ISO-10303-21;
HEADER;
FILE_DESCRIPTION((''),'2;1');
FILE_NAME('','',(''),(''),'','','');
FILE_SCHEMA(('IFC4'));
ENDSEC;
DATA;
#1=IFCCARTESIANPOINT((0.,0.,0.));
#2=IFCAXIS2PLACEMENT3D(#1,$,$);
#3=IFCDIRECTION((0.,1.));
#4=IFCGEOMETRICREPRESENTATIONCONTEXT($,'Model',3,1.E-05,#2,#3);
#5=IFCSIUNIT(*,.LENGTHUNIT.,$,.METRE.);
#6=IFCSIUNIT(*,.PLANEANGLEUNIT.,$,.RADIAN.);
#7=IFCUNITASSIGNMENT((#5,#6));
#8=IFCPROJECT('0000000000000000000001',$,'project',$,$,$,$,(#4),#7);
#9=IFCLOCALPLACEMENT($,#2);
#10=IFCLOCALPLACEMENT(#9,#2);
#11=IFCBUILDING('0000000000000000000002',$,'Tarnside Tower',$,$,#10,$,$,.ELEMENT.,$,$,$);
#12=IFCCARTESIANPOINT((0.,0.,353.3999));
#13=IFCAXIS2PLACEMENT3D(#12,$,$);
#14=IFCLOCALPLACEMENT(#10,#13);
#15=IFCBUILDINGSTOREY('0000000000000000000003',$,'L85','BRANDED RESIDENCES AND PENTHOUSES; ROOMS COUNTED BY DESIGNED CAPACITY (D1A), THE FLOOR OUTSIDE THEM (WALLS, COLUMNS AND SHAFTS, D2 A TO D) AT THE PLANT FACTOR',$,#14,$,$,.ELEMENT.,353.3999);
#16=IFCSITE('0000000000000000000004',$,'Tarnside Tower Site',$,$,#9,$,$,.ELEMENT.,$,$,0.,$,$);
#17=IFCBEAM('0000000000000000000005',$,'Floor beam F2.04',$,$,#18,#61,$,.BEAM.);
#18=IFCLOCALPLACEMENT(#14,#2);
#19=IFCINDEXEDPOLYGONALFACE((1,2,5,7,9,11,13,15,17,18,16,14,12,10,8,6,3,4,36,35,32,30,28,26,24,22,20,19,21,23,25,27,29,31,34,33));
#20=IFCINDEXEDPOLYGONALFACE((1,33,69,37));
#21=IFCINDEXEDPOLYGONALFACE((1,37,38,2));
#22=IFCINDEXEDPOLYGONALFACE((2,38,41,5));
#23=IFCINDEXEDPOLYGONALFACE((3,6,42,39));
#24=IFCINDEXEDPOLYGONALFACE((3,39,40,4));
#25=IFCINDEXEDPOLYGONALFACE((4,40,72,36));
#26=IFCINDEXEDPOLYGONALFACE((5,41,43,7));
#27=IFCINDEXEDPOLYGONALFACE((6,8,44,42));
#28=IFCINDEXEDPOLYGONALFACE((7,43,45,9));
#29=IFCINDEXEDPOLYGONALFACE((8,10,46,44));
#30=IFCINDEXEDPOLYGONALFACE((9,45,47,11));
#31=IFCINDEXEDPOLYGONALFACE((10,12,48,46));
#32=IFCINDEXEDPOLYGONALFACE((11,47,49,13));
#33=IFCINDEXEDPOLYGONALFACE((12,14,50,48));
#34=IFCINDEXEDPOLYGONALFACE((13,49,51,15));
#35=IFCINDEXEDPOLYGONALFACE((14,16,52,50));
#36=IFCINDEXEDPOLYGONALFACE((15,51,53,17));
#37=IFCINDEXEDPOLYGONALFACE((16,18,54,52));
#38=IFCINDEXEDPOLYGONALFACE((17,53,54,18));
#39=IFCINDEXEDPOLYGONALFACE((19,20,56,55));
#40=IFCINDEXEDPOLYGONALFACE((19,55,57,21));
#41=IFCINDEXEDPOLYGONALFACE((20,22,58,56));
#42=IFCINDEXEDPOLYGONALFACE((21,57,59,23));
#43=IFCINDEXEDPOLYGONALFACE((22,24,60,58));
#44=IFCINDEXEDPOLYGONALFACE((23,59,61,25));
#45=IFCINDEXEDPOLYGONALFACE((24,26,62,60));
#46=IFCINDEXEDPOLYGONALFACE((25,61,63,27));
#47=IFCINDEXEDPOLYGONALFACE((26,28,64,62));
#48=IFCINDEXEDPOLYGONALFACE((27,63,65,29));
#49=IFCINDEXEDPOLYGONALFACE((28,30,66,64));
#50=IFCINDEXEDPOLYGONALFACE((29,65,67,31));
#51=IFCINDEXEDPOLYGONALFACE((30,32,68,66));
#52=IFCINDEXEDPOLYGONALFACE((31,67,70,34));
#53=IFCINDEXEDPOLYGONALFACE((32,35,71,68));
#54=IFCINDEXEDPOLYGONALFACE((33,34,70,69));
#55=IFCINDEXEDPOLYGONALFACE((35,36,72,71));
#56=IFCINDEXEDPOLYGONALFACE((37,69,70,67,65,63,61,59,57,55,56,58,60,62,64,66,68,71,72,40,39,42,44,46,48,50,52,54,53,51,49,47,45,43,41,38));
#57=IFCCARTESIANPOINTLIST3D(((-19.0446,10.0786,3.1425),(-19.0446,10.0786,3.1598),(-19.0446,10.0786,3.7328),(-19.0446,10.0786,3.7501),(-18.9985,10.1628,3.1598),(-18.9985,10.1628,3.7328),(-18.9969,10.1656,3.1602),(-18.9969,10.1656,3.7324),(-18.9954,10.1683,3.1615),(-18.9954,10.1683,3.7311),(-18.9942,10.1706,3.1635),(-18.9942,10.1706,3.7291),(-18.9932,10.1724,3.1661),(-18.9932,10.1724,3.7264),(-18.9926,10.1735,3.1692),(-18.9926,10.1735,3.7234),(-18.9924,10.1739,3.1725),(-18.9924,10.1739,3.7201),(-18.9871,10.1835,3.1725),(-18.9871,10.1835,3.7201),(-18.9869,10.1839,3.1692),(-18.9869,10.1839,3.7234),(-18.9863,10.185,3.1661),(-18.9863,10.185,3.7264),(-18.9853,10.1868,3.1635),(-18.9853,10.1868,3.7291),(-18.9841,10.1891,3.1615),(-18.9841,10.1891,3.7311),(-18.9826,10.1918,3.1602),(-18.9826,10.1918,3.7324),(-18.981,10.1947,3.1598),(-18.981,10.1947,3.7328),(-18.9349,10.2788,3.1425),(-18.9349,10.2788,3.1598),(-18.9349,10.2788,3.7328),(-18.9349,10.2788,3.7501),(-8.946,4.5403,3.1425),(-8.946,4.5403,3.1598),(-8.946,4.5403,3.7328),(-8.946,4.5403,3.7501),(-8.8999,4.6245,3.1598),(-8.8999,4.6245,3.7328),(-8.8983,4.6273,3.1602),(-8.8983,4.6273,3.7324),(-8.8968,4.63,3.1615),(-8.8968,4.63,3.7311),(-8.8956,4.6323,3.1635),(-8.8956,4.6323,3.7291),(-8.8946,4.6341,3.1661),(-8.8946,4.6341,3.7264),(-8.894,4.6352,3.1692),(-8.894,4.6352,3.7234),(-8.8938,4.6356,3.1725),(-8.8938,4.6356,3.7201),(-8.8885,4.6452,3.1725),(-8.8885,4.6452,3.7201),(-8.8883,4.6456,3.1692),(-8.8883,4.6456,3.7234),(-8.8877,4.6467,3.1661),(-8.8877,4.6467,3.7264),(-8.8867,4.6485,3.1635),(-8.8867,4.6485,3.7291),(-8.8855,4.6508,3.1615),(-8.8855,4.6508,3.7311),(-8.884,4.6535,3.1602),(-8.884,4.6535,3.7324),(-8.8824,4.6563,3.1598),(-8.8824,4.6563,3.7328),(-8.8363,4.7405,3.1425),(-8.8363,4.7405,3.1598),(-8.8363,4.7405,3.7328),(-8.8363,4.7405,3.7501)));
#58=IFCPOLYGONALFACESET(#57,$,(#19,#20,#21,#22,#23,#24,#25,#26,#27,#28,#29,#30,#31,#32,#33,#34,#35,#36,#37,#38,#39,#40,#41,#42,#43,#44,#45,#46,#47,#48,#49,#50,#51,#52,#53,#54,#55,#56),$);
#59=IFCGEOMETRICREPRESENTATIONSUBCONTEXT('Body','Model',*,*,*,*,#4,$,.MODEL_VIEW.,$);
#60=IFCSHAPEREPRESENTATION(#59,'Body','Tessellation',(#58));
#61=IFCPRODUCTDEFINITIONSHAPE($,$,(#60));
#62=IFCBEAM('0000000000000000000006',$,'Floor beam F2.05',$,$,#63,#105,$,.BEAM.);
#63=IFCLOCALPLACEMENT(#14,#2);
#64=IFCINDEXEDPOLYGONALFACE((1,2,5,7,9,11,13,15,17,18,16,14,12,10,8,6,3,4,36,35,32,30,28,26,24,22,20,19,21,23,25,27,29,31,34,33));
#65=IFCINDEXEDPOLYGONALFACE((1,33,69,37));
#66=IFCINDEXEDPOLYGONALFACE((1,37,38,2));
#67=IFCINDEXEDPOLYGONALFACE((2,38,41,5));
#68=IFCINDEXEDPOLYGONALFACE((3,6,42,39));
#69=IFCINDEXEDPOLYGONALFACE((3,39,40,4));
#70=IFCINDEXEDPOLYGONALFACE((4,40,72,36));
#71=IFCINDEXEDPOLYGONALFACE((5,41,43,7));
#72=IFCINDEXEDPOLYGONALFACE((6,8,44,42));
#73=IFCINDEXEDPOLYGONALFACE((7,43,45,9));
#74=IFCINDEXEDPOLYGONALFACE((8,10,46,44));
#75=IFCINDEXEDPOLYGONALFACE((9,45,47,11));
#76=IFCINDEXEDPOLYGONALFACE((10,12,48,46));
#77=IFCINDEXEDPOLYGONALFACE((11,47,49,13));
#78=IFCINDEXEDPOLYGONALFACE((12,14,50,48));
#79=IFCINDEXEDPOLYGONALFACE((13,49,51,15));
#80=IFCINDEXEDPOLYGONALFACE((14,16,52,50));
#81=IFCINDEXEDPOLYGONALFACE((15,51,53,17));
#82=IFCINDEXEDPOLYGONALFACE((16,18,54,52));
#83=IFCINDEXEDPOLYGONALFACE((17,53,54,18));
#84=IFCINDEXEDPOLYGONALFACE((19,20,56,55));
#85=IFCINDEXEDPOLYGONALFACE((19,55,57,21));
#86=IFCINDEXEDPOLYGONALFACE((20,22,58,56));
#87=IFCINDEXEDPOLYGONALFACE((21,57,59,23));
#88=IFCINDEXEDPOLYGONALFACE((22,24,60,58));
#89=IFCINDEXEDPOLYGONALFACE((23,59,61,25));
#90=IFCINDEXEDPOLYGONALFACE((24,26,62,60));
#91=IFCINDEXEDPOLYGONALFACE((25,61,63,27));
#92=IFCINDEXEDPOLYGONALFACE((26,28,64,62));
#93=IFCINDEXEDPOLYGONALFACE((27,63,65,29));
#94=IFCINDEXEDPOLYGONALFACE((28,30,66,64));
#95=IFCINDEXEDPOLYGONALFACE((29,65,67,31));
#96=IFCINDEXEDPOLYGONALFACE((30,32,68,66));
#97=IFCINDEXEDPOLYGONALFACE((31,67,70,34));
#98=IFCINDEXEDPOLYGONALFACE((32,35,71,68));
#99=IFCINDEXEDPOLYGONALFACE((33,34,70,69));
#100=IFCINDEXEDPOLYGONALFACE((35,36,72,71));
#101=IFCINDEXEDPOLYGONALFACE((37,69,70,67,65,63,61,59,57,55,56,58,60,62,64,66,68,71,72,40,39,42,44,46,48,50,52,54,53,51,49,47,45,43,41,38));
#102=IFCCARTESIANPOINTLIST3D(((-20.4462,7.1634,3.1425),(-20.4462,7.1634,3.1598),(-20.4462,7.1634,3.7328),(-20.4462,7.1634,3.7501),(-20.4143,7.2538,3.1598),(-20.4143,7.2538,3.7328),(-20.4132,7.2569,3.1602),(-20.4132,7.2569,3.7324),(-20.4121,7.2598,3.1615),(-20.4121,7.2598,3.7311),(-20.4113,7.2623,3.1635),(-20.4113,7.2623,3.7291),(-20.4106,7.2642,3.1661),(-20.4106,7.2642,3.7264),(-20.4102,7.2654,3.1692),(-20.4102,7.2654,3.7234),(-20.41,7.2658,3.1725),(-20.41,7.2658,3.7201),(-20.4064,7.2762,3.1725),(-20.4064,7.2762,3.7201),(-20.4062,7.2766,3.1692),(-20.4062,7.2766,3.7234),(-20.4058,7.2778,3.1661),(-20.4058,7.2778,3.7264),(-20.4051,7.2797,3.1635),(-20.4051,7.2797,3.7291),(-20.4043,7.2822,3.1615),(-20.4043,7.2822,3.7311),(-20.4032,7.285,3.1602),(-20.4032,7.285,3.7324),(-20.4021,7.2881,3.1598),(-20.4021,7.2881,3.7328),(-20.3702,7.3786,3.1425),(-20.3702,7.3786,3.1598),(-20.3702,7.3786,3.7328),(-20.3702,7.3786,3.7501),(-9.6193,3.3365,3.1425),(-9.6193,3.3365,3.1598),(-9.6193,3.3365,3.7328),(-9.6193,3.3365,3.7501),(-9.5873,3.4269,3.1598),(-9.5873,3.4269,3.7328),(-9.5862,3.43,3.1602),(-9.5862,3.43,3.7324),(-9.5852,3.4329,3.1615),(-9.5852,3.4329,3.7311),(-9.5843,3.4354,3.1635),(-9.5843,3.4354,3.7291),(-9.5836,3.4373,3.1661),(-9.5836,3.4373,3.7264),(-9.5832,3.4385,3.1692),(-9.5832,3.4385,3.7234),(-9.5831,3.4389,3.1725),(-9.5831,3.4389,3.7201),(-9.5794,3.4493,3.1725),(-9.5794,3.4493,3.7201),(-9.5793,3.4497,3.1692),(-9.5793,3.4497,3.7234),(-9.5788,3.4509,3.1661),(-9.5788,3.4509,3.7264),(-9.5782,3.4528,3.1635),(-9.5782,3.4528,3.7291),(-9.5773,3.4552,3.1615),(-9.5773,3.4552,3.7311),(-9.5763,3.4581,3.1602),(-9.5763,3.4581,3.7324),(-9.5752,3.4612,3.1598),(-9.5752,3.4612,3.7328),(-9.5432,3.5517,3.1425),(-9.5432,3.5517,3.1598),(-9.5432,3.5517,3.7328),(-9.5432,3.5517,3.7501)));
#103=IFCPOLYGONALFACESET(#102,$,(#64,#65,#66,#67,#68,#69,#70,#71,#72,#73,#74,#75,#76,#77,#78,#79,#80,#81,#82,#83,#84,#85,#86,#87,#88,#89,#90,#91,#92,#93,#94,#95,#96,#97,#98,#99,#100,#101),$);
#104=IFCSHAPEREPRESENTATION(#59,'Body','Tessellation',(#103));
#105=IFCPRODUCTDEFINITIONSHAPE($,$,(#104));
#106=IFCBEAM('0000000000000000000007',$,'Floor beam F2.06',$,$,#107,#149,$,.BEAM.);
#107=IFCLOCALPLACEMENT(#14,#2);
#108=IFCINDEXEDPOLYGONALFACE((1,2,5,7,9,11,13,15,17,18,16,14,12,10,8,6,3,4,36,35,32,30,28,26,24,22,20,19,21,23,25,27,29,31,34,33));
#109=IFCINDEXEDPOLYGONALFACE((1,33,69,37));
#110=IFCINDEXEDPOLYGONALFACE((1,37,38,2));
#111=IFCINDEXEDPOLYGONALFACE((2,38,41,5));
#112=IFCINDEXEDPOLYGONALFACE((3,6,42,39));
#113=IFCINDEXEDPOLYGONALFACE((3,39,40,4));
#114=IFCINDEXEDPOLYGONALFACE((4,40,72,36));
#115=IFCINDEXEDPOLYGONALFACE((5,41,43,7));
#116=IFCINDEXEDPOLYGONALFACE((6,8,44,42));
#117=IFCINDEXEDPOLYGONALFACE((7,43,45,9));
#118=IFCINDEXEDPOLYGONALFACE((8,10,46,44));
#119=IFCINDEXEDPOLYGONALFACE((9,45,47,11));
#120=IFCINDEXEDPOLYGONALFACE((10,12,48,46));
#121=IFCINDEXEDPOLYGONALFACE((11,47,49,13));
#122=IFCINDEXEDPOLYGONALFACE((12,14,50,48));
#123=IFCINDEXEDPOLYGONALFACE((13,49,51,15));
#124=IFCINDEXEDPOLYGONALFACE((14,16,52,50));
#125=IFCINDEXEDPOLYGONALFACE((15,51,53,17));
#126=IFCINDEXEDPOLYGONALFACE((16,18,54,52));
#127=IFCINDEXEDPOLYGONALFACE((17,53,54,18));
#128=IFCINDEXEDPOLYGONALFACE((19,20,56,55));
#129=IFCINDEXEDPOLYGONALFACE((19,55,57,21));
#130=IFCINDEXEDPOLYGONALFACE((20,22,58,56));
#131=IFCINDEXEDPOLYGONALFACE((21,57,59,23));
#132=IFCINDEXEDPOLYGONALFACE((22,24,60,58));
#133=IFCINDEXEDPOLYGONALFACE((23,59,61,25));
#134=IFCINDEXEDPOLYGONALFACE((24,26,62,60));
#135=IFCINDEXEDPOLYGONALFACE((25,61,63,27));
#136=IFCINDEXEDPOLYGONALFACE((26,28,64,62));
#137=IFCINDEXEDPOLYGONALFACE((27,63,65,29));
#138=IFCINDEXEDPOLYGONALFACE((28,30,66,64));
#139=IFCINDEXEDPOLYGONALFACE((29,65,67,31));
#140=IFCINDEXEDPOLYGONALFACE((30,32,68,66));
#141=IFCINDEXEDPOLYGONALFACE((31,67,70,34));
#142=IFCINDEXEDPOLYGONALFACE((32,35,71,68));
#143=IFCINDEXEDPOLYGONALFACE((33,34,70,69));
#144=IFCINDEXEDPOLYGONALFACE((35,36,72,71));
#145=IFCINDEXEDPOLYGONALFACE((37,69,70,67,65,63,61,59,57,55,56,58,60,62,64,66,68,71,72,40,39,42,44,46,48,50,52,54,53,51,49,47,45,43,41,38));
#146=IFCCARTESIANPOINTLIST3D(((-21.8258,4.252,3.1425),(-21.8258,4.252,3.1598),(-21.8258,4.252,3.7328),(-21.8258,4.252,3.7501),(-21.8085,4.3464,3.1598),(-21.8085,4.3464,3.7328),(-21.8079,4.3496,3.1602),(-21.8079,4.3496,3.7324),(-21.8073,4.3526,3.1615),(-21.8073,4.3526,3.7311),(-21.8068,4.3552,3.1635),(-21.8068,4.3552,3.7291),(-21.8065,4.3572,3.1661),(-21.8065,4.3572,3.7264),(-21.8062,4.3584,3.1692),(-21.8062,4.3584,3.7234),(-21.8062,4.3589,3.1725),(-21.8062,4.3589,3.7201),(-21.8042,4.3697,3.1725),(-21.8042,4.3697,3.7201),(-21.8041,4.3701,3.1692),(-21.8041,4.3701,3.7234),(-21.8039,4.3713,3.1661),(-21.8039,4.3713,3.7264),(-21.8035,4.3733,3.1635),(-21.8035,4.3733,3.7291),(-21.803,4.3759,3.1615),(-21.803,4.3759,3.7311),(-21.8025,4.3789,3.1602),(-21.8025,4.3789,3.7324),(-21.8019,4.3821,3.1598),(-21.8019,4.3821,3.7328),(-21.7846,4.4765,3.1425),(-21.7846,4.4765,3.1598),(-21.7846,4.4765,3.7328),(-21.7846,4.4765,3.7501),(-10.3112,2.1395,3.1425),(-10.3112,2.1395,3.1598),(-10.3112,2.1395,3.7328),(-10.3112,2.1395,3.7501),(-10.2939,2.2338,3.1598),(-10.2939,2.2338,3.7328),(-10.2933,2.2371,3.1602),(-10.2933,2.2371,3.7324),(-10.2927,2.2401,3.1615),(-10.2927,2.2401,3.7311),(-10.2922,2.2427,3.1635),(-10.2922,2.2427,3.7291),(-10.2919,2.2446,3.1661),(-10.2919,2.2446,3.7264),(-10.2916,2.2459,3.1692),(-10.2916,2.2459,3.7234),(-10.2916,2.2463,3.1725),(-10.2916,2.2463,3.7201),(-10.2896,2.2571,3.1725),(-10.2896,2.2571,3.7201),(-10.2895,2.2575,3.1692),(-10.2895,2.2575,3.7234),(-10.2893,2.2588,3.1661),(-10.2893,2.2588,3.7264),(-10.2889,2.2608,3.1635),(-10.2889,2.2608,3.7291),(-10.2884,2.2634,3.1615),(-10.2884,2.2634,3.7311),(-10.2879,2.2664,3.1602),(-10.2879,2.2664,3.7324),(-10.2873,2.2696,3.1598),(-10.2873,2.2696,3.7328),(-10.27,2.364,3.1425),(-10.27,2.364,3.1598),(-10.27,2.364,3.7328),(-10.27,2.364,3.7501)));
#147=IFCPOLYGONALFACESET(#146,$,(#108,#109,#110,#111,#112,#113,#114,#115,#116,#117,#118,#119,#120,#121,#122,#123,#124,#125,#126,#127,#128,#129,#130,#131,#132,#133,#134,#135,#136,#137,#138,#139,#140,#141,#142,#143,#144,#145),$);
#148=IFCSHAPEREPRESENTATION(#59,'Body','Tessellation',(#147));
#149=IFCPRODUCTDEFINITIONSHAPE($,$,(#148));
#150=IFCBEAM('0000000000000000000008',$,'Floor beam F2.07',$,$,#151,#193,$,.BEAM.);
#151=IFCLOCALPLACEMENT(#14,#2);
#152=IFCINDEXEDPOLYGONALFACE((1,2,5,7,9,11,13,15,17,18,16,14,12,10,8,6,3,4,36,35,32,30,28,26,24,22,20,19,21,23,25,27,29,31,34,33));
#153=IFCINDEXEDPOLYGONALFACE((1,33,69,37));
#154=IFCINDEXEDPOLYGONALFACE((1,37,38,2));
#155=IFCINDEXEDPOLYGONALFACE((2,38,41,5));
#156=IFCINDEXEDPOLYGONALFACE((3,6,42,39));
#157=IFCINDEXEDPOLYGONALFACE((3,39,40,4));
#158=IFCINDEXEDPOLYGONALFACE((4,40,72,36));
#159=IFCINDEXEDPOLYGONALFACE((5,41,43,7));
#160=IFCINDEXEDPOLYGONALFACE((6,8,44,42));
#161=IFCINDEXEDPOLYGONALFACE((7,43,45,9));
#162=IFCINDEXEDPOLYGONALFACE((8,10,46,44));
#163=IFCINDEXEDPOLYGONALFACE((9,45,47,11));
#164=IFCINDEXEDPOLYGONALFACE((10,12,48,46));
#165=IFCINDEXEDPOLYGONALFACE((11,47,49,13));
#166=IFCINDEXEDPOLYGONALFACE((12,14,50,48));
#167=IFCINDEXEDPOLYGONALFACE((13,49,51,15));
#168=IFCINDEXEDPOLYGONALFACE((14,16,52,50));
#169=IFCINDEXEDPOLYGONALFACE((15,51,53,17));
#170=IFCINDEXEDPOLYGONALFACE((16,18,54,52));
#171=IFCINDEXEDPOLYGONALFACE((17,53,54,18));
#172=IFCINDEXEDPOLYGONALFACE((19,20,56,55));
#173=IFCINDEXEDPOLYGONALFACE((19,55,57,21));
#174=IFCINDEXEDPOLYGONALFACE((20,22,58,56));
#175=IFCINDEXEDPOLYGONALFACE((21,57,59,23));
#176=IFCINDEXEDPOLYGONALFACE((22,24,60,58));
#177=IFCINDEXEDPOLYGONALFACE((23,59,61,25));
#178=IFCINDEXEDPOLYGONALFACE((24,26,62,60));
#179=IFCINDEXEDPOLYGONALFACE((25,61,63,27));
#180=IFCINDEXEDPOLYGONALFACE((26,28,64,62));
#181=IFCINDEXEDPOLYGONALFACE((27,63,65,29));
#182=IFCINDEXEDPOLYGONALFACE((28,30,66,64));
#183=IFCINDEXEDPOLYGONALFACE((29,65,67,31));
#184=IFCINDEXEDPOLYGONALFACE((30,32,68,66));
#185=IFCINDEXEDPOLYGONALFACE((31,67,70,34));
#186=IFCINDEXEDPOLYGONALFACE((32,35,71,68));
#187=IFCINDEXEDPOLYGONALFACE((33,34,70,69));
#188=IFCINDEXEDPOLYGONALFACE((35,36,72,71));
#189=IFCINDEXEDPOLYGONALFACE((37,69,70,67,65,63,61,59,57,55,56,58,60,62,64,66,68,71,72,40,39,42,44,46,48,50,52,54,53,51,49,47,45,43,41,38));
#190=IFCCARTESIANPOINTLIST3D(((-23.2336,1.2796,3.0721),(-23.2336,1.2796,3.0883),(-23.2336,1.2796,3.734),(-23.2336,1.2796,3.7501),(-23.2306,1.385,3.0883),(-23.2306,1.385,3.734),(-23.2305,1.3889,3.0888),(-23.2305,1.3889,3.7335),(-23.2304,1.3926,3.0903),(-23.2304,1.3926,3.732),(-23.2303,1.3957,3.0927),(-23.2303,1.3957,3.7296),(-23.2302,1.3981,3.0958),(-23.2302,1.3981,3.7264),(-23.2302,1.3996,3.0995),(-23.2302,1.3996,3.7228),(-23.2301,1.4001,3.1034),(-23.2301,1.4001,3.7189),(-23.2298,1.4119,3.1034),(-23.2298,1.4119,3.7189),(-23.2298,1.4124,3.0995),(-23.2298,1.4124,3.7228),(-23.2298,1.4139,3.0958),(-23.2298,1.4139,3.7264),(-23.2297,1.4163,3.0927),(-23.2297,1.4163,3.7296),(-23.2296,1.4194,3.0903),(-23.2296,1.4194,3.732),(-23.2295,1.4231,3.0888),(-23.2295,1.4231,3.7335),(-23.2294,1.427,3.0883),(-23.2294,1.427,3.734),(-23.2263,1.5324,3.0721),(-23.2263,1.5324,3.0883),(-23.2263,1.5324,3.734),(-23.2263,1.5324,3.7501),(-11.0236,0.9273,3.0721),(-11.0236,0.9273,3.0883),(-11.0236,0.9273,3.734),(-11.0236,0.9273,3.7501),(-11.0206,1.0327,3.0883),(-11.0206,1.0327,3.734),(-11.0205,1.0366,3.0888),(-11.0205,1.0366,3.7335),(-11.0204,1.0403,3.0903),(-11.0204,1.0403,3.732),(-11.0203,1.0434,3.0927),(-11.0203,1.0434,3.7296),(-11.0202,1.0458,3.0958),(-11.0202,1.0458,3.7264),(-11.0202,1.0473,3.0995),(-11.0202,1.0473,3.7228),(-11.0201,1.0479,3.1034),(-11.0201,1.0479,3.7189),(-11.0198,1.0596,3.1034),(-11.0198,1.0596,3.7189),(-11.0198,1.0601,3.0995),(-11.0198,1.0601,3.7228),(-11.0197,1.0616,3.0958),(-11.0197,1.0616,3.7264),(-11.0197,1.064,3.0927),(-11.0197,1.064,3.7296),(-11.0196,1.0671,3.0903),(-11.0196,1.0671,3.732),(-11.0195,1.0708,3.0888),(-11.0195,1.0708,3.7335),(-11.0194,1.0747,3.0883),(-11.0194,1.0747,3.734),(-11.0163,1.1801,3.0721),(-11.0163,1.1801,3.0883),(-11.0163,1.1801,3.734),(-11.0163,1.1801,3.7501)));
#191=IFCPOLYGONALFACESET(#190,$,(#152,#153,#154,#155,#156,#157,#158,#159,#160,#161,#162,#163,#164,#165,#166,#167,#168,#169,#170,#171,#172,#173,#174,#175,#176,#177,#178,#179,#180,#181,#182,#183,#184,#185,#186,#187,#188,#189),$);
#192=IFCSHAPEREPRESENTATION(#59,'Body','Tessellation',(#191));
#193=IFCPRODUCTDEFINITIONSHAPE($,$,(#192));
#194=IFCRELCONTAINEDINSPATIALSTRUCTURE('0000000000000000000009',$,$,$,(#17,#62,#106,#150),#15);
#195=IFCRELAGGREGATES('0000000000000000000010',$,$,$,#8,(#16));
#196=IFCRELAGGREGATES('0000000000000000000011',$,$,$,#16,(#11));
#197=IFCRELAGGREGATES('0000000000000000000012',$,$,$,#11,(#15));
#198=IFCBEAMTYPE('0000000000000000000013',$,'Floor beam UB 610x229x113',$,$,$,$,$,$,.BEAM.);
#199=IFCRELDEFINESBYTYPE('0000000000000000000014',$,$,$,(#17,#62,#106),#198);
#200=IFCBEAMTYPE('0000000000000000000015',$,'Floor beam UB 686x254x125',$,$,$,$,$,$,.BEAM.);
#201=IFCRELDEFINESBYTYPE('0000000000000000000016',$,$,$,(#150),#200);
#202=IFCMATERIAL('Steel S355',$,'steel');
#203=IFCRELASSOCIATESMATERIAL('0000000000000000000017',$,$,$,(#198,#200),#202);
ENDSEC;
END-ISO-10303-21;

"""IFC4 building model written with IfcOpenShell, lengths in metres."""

from ifc_helpers import new_model, si_unit, direction, frame, origin, origin_2d, place, context, subcontext, project, spatial, i_section, extrude, material, material_profile, profile_set, type_object, element, save


model = new_model("IFC4")

# Units and contexts
model_context = context("Model", 3, precision=1e-05, world=origin(), true_north=direction((0.0, 1.0)))
body_context = subcontext(model_context, "Body", "Model", "MODEL_VIEW")
ifc_project = project(units=[si_unit("LENGTHUNIT", "METRE"), si_unit("PLANEANGLEUNIT", "RADIAN")], contexts=[model_context])

# Site, building, storey
site_placement = place(None, origin())
site = spatial("IfcSite", under=ifc_project, at=site_placement, Name="Tarnside Tower Site", CompositionType="ELEMENT", RefElevation=0.0)
building_placement = place(site_placement, origin())
building = spatial("IfcBuilding", under=site, at=building_placement, Name="Tarnside Tower", CompositionType="ELEMENT")
storey_placement = place(building_placement, frame((0.0, 0.0, 353.3999)))
storey = spatial("IfcBuildingStorey", under=building, at=storey_placement, Name="L85", Description="BRANDED RESIDENCES AND PENTHOUSES; ROOMS COUNTED BY DESIGNED CAPACITY (D1A), THE FLOOR OUTSIDE THEM (WALLS, COLUMNS AND SHAFTS, D2 A TO D) AT THE PLANT FACTOR", CompositionType="ELEMENT", Elevation=353.3999)

# Beams
ifc_material_1 = material(Name="Steel S355", Category="steel")
ifc_material_profile_1 = material_profile(ifc_material_1, i_section(OverallWidth=0.2283, OverallDepth=0.6077, WebThickness=0.011, FlangeThickness=0.0173, FilletRadius=0.0127, at=origin_2d()), Name="UB 610x229x113")
ifc_profile_set_1 = profile_set([ifc_material_profile_1], Name="Steel S355")
beam_type_1 = type_object("IfcBeamType", Name="Floor beam UB 610x229x113", PredefinedType="BEAM", material=ifc_profile_set_1)
beam_1_placement = place(storey_placement, frame((-18.9897, 10.1787, 3.4463), z_axis=(0.876799, -0.480857, 0.0), x_axis=(0.480857, 0.876799, 0.0)))
element("IfcBeam", 1, at=beam_1_placement, inside=storey, type_object=beam_type_1, Name="Floor beam F2.04", PredefinedType="BEAM", context=body_context, shape_type="SweptSolid", body=[
    extrude(i_section(OverallWidth=0.2283, OverallDepth=0.6077, WebThickness=0.011, FlangeThickness=0.0173, FilletRadius=0.0127, at=origin_2d()), origin(), (0.0, 0.0, 1.0), 11.5176),
])
beam_2_placement = place(storey_placement, frame((-20.4082, 7.271, 3.4463), z_axis=(0.942836, -0.333257, 0.0), x_axis=(0.333257, 0.942836, 0.0)))
element("IfcBeam", 2, at=beam_2_placement, inside=storey, type_object=beam_type_1, Name="Floor beam F2.05", PredefinedType="BEAM", context=body_context, shape_type="SweptSolid", body=[
    extrude(i_section(OverallWidth=0.2283, OverallDepth=0.6077, WebThickness=0.011, FlangeThickness=0.0173, FilletRadius=0.0127, at=origin_2d()), origin(), (0.0, 0.0, 1.0), 11.4834),
])
beam_3_placement = place(storey_placement, frame((-21.8052, 4.3643, 3.4463), z_axis=(0.983583, -0.180454, 0.0), x_axis=(0.180454, 0.983583, 0.0)))
element("IfcBeam", 3, at=beam_3_placement, inside=storey, type_object=beam_type_1, Name="Floor beam F2.06", PredefinedType="BEAM", context=body_context, shape_type="SweptSolid", body=[
    extrude(i_section(OverallWidth=0.2283, OverallDepth=0.6077, WebThickness=0.011, FlangeThickness=0.0173, FilletRadius=0.0127, at=origin_2d()), origin(), (0.0, 0.0, 1.0), 11.7068),
])
ifc_material_profile_2 = material_profile(ifc_material_1, i_section(OverallWidth=0.2529, OverallDepth=0.678, WebThickness=0.0117, FlangeThickness=0.0161, FilletRadius=0.0151, at=origin_2d()), Name="UB 686x254x125")
ifc_profile_set_2 = profile_set([ifc_material_profile_2], Name="Steel S355")
beam_type_2 = type_object("IfcBeamType", Name="Floor beam UB 686x254x125", PredefinedType="BEAM", material=ifc_profile_set_2)
beam_4_placement = place(storey_placement, frame((-23.23, 1.406, 3.4111), z_axis=(0.999584, -0.028841, 0.0), x_axis=(0.028841, 0.999584, 0.0)))
element("IfcBeam", 4, at=beam_4_placement, inside=storey, type_object=beam_type_2, Name="Floor beam F2.07", PredefinedType="BEAM", context=body_context, shape_type="SweptSolid", body=[
    extrude(i_section(OverallWidth=0.2529, OverallDepth=0.678, WebThickness=0.0117, FlangeThickness=0.0161, FilletRadius=0.0151, at=origin_2d()), origin(), (0.0, 0.0, 1.0), 12.2151),
])

save(model, "model.ifc")
